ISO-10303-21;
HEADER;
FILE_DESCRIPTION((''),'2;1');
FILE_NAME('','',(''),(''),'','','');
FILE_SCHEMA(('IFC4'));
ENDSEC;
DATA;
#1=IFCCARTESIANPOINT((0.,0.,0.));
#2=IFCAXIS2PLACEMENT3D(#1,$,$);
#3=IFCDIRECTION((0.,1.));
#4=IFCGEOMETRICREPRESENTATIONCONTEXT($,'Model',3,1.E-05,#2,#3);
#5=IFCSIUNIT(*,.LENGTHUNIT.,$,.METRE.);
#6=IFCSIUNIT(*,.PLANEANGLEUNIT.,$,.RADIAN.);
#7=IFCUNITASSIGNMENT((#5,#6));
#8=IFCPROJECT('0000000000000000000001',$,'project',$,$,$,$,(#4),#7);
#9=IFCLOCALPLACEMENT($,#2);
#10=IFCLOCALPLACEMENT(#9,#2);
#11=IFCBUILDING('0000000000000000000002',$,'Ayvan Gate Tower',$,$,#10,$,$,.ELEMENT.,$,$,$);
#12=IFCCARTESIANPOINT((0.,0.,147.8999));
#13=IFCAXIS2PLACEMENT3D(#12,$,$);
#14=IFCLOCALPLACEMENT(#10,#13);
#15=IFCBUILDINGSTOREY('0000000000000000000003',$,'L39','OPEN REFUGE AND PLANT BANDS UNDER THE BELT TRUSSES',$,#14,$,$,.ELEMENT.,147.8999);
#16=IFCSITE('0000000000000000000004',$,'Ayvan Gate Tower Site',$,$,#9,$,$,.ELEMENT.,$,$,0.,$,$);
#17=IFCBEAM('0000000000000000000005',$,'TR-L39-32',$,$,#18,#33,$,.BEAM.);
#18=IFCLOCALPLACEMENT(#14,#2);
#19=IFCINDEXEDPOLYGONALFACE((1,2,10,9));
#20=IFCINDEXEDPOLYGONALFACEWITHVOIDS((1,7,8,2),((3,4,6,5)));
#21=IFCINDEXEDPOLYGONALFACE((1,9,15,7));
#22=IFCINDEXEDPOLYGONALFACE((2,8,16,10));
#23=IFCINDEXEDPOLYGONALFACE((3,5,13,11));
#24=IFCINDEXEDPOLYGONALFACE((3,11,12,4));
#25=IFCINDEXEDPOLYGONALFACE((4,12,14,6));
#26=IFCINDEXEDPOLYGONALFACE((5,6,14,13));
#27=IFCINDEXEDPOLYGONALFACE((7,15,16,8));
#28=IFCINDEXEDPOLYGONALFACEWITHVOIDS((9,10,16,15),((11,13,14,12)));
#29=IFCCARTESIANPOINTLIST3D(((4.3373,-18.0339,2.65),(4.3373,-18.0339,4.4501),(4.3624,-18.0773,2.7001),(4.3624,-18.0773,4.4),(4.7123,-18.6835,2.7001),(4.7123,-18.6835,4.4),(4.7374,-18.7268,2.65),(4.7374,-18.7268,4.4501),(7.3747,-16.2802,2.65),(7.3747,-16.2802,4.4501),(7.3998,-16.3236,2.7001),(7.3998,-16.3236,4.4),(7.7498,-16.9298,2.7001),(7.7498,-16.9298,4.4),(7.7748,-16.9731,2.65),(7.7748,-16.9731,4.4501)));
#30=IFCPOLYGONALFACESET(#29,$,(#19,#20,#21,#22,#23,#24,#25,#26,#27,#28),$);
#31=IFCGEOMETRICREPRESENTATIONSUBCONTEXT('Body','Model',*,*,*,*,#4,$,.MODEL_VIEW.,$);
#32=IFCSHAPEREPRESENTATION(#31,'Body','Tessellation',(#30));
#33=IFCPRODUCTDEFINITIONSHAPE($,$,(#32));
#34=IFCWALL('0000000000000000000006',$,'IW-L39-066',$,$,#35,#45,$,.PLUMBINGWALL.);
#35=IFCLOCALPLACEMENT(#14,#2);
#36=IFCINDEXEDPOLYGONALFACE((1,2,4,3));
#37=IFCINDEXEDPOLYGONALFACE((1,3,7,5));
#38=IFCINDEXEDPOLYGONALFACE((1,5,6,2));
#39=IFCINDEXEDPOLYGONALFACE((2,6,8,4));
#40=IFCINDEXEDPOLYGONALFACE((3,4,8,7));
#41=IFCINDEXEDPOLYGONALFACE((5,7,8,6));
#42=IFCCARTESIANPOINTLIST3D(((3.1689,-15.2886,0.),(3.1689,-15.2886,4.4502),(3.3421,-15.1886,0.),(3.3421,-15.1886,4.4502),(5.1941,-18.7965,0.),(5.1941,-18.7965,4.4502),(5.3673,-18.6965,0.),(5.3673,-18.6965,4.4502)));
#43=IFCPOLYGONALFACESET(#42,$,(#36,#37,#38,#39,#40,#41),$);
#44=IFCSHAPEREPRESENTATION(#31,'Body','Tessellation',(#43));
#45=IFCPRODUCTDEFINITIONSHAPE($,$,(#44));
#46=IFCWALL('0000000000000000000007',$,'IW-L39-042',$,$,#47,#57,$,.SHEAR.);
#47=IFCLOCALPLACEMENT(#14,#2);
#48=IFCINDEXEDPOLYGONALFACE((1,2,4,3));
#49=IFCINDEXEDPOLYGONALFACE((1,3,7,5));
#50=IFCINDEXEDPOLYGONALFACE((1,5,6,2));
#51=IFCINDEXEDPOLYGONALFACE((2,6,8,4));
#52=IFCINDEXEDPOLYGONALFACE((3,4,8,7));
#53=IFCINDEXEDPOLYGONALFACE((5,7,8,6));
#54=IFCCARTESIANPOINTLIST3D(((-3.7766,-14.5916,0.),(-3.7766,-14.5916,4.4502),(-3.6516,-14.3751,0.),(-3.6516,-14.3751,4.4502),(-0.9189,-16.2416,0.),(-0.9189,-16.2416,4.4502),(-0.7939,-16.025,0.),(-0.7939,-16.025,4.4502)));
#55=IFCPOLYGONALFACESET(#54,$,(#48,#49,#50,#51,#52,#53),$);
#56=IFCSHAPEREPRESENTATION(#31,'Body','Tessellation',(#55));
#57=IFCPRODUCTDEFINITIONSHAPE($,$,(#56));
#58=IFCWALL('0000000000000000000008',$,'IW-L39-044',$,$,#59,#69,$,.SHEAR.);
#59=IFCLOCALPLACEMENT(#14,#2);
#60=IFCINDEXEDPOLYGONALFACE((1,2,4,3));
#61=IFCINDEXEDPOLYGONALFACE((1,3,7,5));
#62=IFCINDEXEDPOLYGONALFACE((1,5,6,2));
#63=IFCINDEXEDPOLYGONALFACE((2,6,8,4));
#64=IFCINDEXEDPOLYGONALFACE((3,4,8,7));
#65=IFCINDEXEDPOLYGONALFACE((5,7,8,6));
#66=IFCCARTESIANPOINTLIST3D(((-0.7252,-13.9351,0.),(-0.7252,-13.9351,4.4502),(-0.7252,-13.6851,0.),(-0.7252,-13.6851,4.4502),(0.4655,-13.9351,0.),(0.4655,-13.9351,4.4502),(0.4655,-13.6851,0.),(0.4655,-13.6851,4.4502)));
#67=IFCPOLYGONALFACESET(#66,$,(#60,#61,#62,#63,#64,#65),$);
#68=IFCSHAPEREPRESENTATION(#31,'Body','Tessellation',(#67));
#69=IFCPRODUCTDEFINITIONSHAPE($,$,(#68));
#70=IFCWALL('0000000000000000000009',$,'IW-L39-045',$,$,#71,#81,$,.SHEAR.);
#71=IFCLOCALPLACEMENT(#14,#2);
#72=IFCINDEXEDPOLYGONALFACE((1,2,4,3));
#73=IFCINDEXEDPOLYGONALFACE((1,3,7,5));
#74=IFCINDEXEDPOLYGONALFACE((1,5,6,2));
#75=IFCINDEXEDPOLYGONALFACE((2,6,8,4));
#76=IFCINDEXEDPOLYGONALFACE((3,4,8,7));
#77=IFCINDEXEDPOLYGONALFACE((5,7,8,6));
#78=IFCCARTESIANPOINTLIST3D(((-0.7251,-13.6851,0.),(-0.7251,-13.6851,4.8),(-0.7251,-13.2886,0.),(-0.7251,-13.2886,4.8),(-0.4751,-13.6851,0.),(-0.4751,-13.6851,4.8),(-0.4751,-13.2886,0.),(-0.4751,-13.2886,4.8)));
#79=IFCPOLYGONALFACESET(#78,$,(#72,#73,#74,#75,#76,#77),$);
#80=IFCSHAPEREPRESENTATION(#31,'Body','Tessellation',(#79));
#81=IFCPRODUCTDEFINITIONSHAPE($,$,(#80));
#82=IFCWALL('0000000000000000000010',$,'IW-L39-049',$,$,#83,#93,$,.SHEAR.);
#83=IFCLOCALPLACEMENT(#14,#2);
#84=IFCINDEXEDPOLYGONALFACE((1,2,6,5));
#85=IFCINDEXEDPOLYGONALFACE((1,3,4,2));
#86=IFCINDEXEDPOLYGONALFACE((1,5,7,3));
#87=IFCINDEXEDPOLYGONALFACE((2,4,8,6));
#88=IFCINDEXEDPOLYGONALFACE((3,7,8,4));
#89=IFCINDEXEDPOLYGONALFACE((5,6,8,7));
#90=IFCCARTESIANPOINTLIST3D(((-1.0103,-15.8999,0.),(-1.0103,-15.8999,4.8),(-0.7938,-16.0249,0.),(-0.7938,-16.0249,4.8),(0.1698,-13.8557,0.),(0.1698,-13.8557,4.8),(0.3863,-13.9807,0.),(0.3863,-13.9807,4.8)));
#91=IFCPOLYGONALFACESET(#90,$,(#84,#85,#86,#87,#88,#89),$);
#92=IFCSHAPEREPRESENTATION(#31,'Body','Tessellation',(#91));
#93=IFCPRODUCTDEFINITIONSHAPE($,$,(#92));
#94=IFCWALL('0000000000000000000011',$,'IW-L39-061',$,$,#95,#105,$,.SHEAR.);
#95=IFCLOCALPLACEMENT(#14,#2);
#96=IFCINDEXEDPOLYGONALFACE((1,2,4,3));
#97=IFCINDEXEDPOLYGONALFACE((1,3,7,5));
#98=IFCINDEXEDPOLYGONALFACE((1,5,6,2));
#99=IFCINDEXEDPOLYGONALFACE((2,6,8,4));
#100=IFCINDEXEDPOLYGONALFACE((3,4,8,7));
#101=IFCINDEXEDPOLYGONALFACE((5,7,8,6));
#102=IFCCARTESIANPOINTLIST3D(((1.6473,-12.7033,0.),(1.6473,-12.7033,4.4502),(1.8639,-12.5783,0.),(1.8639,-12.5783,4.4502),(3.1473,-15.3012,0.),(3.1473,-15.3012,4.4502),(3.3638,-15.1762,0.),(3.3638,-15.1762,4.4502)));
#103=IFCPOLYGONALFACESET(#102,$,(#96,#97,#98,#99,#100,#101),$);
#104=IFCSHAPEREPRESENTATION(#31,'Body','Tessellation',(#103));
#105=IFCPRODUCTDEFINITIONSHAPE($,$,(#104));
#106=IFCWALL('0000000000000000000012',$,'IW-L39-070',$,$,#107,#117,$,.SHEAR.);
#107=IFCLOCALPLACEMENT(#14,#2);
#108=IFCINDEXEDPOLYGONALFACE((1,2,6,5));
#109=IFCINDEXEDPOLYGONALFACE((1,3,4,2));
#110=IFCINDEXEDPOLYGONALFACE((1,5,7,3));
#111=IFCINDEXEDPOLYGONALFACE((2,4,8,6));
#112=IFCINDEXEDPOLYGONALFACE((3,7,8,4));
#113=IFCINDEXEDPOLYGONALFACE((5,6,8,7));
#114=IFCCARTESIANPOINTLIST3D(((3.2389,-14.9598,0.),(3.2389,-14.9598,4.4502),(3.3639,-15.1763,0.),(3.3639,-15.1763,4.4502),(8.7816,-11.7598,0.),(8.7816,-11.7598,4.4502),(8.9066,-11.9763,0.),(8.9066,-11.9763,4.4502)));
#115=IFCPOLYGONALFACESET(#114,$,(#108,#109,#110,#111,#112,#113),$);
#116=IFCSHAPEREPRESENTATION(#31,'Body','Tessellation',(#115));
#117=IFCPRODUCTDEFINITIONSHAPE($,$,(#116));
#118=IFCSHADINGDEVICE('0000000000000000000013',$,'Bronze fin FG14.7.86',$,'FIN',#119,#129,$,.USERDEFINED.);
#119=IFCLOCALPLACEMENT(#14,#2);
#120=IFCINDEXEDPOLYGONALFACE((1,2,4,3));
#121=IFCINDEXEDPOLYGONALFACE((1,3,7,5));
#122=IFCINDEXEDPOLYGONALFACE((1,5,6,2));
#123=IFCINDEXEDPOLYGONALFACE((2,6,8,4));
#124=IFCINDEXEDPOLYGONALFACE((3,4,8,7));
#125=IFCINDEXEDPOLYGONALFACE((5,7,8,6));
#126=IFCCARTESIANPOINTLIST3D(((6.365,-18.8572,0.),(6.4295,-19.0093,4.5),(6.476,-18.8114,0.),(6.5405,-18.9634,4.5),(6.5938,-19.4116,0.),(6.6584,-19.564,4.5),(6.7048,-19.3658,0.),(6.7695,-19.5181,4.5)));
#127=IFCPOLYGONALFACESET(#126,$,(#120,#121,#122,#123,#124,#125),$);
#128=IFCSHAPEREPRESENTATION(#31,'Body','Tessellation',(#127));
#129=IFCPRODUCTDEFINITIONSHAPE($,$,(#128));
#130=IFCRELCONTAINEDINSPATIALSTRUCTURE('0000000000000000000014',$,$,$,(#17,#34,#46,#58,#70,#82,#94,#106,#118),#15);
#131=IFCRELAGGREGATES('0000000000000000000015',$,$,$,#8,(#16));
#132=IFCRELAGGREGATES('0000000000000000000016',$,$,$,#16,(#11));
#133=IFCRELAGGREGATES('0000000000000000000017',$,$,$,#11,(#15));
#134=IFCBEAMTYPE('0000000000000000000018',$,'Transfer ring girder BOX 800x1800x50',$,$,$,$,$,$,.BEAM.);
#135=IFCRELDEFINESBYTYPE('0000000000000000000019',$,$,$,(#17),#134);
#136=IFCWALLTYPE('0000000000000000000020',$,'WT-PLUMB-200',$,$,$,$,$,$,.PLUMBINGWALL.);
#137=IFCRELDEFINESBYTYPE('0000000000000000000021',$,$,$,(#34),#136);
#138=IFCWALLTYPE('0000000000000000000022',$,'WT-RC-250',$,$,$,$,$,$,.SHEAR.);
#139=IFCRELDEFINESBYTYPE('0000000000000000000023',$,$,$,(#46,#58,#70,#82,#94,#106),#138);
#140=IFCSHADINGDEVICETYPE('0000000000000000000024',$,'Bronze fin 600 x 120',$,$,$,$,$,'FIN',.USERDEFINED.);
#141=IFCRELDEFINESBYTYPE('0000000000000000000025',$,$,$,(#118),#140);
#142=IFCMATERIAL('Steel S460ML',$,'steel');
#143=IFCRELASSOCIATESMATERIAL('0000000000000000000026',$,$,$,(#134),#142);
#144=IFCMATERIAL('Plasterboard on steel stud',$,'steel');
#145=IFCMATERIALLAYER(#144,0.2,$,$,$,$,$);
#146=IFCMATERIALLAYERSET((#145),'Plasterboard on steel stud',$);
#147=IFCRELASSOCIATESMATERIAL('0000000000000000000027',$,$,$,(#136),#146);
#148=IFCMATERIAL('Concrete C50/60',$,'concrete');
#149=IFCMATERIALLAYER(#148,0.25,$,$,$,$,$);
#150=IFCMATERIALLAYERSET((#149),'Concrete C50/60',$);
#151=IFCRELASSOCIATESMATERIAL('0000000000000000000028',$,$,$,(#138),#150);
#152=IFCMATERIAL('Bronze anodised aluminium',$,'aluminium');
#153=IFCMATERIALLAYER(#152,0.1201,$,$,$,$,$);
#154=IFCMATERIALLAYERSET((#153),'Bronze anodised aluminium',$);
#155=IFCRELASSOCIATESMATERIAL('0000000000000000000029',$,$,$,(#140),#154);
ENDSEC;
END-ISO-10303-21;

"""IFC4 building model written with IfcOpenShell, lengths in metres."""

from ifc_helpers import new_model, si_unit, direction, frame, frame_2d, origin, origin_2d, place, context, subcontext, project, spatial, polyline, rectangle, hollow_rectangle, outline, extrude, material, layer, layer_set, material_profile, profile_set, type_object, element, save


model = new_model("IFC4")

# Units and contexts
model_context = context("Model", 3, precision=1e-05, world=origin(), true_north=direction((0.0, 1.0)))
body_context = subcontext(model_context, "Body", "Model", "MODEL_VIEW")
ifc_project = project(units=[si_unit("LENGTHUNIT", "METRE"), si_unit("PLANEANGLEUNIT", "RADIAN")], contexts=[model_context])

# Site, building, storey
site_placement = place(None, origin())
site = spatial("IfcSite", under=ifc_project, at=site_placement, Name="Ayvan Gate Tower Site", CompositionType="ELEMENT", RefElevation=0.0)
building_placement = place(site_placement, origin())
building = spatial("IfcBuilding", under=site, at=building_placement, Name="Ayvan Gate Tower", CompositionType="ELEMENT")
storey_placement = place(building_placement, frame((0.0, 0.0, 147.8999)))
storey = spatial("IfcBuildingStorey", under=building, at=storey_placement, Name="L39", Description="OPEN REFUGE AND PLANT BANDS UNDER THE BELT TRUSSES", CompositionType="ELEMENT", Elevation=147.8999)

# Shared definitions
ifc_material_1 = material(Name="Steel S460ML", Category="steel")

# Beam
ifc_material_profile_1 = material_profile(ifc_material_1, hollow_rectangle(XDim=0.8, YDim=1.8, WallThickness=0.05, at=origin_2d()), Name="BOX 800x1800x50")
ifc_profile_set_1 = profile_set([ifc_material_profile_1], Name="Steel S460ML")
beam_type_1 = type_object("IfcBeamType", Name="Transfer ring girder BOX 800x1800x50", PredefinedType="BEAM", material=ifc_profile_set_1)
beam_1_placement = place(storey_placement, frame((4.5374, -18.3804, 3.55), z_axis=(0.86602, 0.50001, 0.0), x_axis=(-0.50001, 0.86602, 0.0)))
element("IfcBeam", 1, at=beam_1_placement, inside=storey, type_object=beam_type_1, Name="TR-L39-32", PredefinedType="BEAM", context=body_context, shape_type="SweptSolid", body=[
    extrude(hollow_rectangle(XDim=0.8, YDim=1.8, WallThickness=0.05, at=origin_2d()), origin(), (0.0, 0.0, 1.0), 3.5073),
])

# Walls
ifc_material_2 = material(Name="Plasterboard on steel stud", Category="steel")
ifc_layer_1 = layer(ifc_material_2, 0.2)
ifc_layer_set_1 = layer_set([ifc_layer_1], Name="Plasterboard on steel stud")
wall_type_1 = type_object("IfcWallType", Name="WT-PLUMB-200", PredefinedType="PLUMBINGWALL", material=ifc_layer_set_1)
wall_1_placement = place(storey_placement, frame((5.2808, -18.7466, 0.0), z_axis=(0.0, 0.0, 1.0), x_axis=(-0.499983, 0.866035, 0.0)))
element("IfcWall", 2, at=wall_1_placement, inside=storey, type_object=wall_type_1, Name="IW-L39-066", PredefinedType="PLUMBINGWALL", context=body_context, shape_type="SweptSolid", body=[
    extrude(rectangle(XDim=4.0505, YDim=0.2, at=frame_2d((2.0254, 0.0))), origin(), (0.0, 0.0, 1.0), 4.4502),
])
ifc_material_3 = material(Name="Concrete C50/60", Category="concrete")
ifc_layer_2 = layer(ifc_material_3, 0.25)
ifc_layer_set_2 = layer_set([ifc_layer_2], Name="Concrete C50/60")
wall_type_2 = type_object("IfcWallType", Name="WT-RC-250", PredefinedType="SHEAR", material=ifc_layer_set_2)
wall_2_placement = place(storey_placement, frame((-0.8564, -16.1333, 0.0), z_axis=(0.0, 0.0, 1.0), x_axis=(-0.866022, 0.500006, 0.0)))
element("IfcWall", 3, at=wall_2_placement, inside=storey, type_object=wall_type_2, Name="IW-L39-042", PredefinedType="SHEAR", context=body_context, shape_type="SweptSolid", body=[
    extrude(rectangle(XDim=3.2998, YDim=0.25, at=frame_2d((1.6499, 0.0))), origin(), (0.0, 0.0, 1.0), 4.4502),
])
wall_3_placement = place(storey_placement, frame((-0.7251, -13.8101, 0.0), z_axis=(0.0, 0.0, 1.0), x_axis=(1.0, 0.0, 0.0)))
element("IfcWall", 4, at=wall_3_placement, inside=storey, type_object=wall_type_2, Name="IW-L39-044", PredefinedType="SHEAR", context=body_context, shape_type="SweptSolid", body=[
    extrude(rectangle(XDim=1.1907, YDim=0.25, at=frame_2d((0.5952, 0.0))), origin(), (0.0, 0.0, 1.0), 4.4502),
])
wall_4_placement = place(storey_placement, frame((-0.6001, -13.2886, 0.0), z_axis=(0.0, 0.0, 1.0), x_axis=(0.0, -1.0, 0.0)))
element("IfcWall", 5, at=wall_4_placement, inside=storey, type_object=wall_type_2, Name="IW-L39-045", PredefinedType="SHEAR", context=body_context, shape_type="SweptSolid", body=[
    extrude(rectangle(XDim=0.3965, YDim=0.25, at=frame_2d((0.1982, 0.0))), origin(), (0.0, 0.0, 1.0), 4.8),
])
wall_5_placement = place(storey_placement, frame((0.2781, -13.9182, 0.0), z_axis=(0.0, 0.0, 1.0), x_axis=(-0.499988, -0.866032, 0.0)))
element("IfcWall", 6, at=wall_5_placement, inside=storey, type_object=wall_type_2, Name="IW-L39-049", PredefinedType="SHEAR", context=body_context, shape_type="SweptSolid", body=[
    extrude(rectangle(XDim=2.3604, YDim=0.25, at=frame_2d((1.1802, 0.0))), origin(), (0.0, 0.0, 1.0), 4.8),
])
wall_6_placement = place(storey_placement, frame((3.2556, -15.2388, 0.0), z_axis=(0.0, 0.0, 1.0), x_axis=(-0.500025, 0.866011, 0.0)))
element("IfcWall", 7, at=wall_6_placement, inside=storey, type_object=wall_type_2, Name="IW-L39-061", PredefinedType="SHEAR", context=body_context, shape_type="SweptSolid", body=[
    extrude(rectangle(XDim=2.9998, YDim=0.25, at=frame_2d((1.5, 0.0))), origin(), (0.0, 0.0, 1.0), 4.4502),
])
wall_7_placement = place(storey_placement, frame((3.3013, -15.0681, 0.0), z_axis=(0.0, 0.0, 1.0), x_axis=(0.866035, 0.499983, 0.0)))
element("IfcWall", 8, at=wall_7_placement, inside=storey, type_object=wall_type_2, Name="IW-L39-070", PredefinedType="SHEAR", context=body_context, shape_type="SweptSolid", body=[
    extrude(rectangle(XDim=6.4001, YDim=0.25, at=frame_2d((3.2002, 0.0))), origin(), (0.0, 0.0, 1.0), 4.4502),
])

# Shading device
ifc_material_4 = material(Name="Bronze anodised aluminium", Category="aluminium")
ifc_layer_3 = layer(ifc_material_4, 0.1201)
ifc_layer_set_3 = layer_set([ifc_layer_3], Name="Bronze anodised aluminium")
shading_device_type = type_object("IfcShadingDeviceType", Name="Bronze fin 600 x 120", ElementType="FIN", PredefinedType="USERDEFINED", material=ifc_layer_set_3)
shading_device_placement = place(storey_placement, frame((6.365, -18.8572, 0.0), z_axis=(-0.924366, -0.381507, 0.000359), x_axis=(0.381507, -0.924366, 0.0)))
element("IfcShadingDevice", 9, at=shading_device_placement, inside=storey, type_object=shading_device_type, Name="Bronze fin FG14.7.86", ObjectType="FIN", PredefinedType="USERDEFINED", context=body_context, shape_type="SweptSolid", body=[
    extrude(outline(polyline([(0.0, 0.0), (0.5998, 0.0), (0.7653, 4.5), (0.1652, 4.5), (0.0, 0.0)])), origin(), (0.0, 0.0, -1.0), 0.1201),
])

save(model, "model.ifc")
